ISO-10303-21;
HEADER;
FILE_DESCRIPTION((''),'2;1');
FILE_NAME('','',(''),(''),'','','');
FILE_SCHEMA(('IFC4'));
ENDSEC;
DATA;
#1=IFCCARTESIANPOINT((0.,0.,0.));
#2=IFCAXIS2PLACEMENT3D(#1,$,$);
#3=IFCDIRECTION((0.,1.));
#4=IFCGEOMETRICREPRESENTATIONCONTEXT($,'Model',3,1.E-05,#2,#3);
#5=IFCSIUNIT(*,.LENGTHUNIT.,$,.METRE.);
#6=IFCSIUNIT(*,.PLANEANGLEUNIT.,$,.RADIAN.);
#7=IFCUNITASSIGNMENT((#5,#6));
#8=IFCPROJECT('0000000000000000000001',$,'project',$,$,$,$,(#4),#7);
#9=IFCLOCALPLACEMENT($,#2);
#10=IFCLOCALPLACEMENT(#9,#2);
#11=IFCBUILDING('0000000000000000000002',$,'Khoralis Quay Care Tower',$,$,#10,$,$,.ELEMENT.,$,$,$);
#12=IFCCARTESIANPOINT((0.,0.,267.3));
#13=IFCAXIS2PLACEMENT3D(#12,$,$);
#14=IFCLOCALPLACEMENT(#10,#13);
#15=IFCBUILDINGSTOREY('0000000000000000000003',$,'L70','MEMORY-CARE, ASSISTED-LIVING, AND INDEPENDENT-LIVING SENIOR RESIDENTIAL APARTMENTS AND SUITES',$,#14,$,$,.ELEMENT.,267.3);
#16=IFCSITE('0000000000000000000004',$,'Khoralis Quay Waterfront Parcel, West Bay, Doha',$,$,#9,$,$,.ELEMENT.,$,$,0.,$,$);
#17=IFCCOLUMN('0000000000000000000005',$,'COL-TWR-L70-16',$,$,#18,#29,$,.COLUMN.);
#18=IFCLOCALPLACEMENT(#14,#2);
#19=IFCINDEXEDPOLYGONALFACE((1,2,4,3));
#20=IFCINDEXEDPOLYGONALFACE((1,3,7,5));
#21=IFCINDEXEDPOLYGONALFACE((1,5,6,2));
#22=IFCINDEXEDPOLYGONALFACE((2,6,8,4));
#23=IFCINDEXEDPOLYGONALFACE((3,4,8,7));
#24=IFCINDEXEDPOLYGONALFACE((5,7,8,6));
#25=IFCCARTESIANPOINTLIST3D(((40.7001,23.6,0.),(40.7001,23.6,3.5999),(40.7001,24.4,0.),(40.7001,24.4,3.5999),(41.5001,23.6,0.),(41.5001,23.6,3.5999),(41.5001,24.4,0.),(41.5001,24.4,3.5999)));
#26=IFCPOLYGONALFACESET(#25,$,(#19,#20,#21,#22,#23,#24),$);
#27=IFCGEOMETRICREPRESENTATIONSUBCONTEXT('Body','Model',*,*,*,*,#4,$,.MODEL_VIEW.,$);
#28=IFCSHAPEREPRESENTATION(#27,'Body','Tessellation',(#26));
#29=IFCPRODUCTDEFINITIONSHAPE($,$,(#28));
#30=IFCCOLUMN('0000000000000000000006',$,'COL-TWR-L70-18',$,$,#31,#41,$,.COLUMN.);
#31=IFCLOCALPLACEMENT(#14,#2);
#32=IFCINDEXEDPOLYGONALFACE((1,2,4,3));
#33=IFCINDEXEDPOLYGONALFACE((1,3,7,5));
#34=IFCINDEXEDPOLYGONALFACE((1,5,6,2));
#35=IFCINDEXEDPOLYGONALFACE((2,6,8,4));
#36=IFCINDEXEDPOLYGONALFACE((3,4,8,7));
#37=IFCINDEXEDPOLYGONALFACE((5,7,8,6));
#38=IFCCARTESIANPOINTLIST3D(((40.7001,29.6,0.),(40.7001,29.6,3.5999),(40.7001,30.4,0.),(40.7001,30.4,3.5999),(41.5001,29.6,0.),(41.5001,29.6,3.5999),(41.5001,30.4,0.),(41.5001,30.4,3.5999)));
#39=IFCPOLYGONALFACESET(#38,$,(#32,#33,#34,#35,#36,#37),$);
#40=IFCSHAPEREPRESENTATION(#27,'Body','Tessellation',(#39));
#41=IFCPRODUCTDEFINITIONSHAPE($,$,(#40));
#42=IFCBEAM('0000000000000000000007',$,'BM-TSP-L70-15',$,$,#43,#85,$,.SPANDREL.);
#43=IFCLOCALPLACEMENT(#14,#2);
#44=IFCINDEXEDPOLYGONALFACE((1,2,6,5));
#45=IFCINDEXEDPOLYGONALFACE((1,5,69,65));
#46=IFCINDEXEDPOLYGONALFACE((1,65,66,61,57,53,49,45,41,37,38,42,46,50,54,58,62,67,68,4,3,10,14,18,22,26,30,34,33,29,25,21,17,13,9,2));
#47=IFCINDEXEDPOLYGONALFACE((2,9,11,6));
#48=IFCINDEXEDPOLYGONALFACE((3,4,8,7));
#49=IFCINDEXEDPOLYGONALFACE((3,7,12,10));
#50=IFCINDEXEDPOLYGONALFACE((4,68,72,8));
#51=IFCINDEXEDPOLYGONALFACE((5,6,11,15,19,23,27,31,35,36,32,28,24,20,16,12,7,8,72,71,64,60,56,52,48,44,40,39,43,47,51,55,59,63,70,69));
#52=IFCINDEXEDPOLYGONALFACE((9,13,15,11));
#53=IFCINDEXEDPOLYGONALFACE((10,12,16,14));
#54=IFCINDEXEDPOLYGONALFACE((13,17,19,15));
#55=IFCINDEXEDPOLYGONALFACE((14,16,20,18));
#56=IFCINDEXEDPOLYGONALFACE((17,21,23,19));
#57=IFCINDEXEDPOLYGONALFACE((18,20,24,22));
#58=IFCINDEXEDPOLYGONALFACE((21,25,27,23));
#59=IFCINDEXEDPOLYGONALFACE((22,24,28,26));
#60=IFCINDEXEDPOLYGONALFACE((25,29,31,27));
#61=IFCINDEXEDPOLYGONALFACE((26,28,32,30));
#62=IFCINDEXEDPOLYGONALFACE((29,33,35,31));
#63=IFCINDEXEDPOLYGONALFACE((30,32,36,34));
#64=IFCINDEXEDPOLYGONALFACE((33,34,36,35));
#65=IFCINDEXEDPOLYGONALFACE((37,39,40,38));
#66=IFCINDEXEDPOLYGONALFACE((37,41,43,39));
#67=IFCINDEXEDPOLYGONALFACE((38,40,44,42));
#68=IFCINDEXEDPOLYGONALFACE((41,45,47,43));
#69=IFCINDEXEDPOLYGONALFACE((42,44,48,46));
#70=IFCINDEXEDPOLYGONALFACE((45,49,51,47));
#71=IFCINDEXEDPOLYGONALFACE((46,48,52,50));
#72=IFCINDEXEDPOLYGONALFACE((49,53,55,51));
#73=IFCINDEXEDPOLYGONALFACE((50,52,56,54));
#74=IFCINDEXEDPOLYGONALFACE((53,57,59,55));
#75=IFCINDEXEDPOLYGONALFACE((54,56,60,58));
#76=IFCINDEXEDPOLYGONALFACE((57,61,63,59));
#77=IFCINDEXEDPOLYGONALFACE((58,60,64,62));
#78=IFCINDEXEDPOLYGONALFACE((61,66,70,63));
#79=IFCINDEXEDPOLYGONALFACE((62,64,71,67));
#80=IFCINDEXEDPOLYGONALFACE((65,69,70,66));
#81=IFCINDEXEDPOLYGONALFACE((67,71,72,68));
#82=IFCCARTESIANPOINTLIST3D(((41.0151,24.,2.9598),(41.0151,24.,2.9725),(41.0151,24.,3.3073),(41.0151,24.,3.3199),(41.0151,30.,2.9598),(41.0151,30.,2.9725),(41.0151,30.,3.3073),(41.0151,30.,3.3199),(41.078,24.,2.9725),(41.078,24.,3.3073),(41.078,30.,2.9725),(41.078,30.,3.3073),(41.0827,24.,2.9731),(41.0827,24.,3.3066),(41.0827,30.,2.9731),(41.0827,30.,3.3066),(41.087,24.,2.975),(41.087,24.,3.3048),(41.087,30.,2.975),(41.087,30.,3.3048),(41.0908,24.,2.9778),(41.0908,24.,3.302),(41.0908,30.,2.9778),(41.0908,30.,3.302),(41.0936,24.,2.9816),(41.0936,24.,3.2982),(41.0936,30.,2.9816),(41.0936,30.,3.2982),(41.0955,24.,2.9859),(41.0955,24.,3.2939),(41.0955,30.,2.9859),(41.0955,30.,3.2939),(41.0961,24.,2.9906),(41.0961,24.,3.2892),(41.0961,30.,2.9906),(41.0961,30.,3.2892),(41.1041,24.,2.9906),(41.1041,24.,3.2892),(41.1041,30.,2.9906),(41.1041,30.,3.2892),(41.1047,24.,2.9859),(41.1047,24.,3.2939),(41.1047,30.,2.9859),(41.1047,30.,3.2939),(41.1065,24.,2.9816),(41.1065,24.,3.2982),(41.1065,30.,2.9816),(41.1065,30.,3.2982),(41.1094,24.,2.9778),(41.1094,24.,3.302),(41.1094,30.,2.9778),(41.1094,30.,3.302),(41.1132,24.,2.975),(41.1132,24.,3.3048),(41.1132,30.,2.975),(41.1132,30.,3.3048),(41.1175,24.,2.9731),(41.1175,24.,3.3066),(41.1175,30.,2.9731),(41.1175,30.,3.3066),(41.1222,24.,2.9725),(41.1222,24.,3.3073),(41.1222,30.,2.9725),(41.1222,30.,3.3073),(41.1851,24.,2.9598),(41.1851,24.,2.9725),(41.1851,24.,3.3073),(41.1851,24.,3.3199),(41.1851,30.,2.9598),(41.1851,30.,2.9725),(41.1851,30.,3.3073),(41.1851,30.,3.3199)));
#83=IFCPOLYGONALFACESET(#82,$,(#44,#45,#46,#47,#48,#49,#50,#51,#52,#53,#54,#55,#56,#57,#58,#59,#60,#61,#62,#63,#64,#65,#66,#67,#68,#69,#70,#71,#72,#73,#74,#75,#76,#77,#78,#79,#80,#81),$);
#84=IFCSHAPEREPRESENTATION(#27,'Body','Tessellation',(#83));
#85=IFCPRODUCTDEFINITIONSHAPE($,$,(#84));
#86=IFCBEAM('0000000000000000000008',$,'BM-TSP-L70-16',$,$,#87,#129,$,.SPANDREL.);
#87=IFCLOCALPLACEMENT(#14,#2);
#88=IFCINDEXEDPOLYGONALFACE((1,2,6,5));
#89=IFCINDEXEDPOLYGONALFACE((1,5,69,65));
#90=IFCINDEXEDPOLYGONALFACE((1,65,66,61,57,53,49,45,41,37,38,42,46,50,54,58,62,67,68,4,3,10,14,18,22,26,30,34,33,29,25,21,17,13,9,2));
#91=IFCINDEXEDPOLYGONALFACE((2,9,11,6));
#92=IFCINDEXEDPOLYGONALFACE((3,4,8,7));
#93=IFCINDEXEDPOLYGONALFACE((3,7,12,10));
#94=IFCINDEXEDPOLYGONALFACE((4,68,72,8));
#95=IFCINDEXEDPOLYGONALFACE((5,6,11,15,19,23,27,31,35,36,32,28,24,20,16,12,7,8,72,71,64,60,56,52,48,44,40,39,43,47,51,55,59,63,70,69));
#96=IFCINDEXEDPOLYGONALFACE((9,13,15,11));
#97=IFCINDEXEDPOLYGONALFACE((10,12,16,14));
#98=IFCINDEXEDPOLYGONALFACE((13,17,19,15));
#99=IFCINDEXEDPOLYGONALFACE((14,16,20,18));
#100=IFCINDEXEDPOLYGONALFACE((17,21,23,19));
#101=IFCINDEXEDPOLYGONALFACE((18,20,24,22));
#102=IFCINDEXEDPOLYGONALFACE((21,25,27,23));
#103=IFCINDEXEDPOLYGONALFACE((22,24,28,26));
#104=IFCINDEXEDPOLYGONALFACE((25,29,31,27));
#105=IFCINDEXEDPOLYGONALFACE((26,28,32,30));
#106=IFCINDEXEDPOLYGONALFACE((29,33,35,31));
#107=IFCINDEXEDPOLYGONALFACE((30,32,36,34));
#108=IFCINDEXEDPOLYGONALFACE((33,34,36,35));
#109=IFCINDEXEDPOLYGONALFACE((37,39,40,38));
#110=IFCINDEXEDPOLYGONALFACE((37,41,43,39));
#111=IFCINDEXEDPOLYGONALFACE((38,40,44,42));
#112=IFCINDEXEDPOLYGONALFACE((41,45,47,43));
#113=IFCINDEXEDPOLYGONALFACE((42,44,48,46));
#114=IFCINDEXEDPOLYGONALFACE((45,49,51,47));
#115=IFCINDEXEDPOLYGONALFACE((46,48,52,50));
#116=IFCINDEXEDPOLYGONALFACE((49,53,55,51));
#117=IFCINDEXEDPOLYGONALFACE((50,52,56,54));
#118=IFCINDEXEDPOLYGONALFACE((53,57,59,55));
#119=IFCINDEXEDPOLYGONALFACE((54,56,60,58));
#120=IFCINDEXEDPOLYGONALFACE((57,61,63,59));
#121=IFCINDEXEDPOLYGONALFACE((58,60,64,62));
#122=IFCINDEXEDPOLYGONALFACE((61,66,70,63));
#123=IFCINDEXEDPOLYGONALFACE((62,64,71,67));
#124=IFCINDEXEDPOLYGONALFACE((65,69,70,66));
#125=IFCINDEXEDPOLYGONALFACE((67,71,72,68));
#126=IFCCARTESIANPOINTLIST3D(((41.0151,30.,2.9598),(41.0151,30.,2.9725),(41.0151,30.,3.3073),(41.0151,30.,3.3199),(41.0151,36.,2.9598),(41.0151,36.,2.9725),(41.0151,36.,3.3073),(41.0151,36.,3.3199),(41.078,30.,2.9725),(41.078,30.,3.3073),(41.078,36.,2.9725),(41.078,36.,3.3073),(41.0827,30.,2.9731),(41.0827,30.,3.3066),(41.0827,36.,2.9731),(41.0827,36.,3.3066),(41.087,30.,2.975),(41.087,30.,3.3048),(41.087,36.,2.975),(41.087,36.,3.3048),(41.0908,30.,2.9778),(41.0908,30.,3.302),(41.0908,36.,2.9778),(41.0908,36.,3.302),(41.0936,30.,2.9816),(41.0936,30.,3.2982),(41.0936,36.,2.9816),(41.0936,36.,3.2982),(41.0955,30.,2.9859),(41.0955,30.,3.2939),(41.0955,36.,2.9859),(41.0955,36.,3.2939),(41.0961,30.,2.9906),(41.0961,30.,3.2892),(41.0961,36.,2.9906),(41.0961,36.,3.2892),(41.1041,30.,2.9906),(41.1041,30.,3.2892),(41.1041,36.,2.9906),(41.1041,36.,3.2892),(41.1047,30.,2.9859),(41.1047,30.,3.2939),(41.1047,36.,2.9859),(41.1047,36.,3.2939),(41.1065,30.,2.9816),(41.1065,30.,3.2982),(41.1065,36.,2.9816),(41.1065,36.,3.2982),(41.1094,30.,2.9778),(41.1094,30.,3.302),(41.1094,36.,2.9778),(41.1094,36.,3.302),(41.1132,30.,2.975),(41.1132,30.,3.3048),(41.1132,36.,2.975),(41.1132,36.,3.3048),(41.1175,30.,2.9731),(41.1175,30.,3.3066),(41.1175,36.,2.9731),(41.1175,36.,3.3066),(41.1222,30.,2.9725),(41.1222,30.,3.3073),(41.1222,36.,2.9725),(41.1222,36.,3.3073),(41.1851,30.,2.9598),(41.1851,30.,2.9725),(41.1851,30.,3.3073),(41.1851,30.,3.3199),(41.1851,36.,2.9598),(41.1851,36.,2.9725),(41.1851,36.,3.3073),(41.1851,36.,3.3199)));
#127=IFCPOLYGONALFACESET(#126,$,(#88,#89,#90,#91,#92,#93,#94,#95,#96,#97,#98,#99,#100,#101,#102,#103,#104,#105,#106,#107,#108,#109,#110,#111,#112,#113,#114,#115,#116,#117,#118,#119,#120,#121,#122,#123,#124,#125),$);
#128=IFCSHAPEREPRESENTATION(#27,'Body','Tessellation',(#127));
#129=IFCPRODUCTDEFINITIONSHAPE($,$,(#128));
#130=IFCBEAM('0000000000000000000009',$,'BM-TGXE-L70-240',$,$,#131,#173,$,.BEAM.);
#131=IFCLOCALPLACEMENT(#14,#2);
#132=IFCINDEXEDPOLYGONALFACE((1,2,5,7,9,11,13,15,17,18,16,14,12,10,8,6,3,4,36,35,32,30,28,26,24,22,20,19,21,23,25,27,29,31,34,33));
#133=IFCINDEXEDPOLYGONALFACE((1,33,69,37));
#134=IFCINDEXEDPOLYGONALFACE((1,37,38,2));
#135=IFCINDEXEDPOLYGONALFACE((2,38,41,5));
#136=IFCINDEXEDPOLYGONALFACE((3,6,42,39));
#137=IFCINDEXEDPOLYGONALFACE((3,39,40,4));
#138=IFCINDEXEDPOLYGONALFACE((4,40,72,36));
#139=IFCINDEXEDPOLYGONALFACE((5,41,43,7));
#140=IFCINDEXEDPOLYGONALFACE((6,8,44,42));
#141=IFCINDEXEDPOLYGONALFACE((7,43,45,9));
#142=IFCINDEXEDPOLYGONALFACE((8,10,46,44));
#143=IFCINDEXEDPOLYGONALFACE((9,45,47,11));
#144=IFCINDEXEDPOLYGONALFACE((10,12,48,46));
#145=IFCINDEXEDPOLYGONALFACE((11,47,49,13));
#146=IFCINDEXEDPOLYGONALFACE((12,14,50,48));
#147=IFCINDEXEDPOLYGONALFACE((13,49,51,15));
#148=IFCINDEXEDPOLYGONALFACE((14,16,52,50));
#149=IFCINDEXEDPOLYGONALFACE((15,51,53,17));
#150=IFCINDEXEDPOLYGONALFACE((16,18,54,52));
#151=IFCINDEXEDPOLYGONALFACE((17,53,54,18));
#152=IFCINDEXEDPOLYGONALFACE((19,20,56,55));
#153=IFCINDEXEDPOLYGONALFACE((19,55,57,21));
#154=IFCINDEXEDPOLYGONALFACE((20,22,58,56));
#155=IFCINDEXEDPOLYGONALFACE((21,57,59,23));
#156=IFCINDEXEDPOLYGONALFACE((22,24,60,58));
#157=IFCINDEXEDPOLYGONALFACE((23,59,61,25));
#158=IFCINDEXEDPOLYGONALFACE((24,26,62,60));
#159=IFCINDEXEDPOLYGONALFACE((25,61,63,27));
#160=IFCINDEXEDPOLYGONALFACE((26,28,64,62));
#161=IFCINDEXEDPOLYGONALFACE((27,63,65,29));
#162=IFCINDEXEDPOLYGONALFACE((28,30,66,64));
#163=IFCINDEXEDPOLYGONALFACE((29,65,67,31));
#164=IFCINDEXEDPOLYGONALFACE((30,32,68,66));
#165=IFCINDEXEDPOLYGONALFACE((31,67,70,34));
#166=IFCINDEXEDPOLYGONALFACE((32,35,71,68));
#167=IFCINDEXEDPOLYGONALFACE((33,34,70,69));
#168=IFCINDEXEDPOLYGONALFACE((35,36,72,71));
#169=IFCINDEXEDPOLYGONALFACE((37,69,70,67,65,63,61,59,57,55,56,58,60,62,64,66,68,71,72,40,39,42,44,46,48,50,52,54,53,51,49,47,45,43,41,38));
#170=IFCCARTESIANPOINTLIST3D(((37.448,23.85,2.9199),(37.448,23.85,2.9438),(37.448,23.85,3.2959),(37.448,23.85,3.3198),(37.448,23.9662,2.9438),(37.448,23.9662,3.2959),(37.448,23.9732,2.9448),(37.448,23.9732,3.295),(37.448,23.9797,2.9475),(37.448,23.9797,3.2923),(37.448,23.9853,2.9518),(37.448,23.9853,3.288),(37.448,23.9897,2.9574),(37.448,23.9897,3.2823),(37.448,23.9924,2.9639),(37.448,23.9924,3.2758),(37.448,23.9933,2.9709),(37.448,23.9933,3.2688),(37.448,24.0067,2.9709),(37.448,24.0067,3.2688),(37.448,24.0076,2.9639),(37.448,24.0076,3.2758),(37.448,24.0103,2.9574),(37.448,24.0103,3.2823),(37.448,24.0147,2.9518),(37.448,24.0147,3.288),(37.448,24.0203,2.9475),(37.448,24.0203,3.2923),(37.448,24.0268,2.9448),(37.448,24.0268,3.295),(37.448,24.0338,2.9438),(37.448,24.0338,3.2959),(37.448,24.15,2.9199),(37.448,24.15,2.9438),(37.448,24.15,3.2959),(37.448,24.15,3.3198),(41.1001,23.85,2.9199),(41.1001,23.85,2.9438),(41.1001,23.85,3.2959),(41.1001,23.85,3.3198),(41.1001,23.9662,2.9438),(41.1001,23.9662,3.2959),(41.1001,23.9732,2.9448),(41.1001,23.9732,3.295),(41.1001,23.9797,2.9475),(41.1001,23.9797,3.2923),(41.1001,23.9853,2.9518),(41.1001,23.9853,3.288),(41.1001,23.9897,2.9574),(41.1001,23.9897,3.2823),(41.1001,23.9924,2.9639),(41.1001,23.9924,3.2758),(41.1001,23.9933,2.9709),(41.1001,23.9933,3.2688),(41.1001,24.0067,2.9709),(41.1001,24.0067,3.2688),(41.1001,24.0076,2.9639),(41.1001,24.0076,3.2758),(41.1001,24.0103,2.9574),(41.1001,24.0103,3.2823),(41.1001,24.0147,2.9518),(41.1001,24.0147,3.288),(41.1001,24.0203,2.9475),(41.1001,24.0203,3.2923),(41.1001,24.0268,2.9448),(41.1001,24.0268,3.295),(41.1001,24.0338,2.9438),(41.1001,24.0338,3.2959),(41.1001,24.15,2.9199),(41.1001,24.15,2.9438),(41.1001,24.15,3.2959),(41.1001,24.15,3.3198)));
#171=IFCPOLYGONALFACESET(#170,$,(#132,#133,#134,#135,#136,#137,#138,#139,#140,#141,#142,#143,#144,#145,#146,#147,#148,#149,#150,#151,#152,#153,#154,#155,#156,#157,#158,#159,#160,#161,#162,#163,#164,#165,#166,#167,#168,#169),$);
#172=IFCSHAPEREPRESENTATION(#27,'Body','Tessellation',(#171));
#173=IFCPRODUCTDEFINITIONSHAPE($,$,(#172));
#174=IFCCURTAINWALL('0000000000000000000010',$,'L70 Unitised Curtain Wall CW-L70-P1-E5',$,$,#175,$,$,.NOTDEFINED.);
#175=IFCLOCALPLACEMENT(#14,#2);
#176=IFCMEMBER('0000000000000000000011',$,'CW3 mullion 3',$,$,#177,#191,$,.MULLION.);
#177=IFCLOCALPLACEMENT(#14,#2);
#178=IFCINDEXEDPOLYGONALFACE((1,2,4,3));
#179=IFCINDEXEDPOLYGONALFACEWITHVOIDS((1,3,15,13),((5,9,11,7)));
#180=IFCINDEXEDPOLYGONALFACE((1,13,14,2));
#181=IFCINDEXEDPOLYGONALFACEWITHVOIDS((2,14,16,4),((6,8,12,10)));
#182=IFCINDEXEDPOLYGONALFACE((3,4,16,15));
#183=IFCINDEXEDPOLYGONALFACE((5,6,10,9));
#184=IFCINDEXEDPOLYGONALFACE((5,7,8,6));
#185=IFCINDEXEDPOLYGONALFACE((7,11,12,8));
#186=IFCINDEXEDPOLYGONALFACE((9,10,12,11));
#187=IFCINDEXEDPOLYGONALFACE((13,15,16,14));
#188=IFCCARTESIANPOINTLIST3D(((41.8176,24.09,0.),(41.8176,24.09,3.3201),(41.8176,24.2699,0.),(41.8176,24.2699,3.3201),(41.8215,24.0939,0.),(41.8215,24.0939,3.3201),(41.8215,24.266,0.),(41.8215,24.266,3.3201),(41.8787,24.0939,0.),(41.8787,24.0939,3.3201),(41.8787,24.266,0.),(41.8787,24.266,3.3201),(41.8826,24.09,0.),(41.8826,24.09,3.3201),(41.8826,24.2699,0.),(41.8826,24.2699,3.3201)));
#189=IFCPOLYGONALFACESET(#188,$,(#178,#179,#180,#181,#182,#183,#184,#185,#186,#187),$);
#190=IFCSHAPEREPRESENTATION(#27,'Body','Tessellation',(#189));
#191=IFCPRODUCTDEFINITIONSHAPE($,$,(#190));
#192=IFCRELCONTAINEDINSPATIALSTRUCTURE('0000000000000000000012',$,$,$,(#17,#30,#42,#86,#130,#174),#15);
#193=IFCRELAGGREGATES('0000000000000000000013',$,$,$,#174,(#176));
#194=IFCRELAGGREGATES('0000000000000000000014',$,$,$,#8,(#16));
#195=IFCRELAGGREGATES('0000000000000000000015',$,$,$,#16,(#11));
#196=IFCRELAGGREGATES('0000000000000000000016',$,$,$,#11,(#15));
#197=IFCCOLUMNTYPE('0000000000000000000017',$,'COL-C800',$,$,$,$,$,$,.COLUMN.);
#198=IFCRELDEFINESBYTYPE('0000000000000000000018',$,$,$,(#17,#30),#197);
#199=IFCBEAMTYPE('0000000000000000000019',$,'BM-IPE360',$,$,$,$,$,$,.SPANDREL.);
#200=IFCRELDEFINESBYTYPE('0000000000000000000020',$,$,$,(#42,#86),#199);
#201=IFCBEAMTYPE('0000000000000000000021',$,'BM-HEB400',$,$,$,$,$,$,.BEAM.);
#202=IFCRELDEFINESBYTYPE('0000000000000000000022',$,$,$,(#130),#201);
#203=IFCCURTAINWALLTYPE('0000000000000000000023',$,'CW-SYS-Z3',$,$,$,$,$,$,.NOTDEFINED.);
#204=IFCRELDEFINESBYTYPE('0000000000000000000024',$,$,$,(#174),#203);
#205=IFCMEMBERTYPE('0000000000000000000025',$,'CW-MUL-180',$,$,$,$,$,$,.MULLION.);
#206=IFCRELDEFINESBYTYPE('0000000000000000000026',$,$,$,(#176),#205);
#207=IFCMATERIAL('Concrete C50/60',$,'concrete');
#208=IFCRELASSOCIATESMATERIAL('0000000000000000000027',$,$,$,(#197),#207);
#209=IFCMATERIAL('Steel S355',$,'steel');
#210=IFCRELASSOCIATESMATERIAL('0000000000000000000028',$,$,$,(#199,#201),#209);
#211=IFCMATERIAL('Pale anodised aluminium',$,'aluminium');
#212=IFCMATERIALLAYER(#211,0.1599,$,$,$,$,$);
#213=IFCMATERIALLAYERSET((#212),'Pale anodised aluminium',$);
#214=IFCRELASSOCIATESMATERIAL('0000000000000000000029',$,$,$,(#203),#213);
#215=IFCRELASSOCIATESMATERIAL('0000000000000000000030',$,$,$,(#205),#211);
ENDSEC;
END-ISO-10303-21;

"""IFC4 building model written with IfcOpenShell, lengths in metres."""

from ifc_helpers import new_model, si_unit, direction, frame, origin, origin_2d, place, context, subcontext, project, spatial, rectangle, hollow_rectangle, i_section, extrude, source, transform, mapped, material, layer, layer_set, material_profile, profile_set, type_object, element, aggregate, save


model = new_model("IFC4")

# Units and contexts
model_context = context("Model", 3, precision=1e-05, world=origin(), true_north=direction((0.0, 1.0)))
body_context = subcontext(model_context, "Body", "Model", "MODEL_VIEW")
ifc_project = project(units=[si_unit("LENGTHUNIT", "METRE"), si_unit("PLANEANGLEUNIT", "RADIAN")], contexts=[model_context])

# Site, building, storey
site_placement = place(None, origin())
site = spatial("IfcSite", under=ifc_project, at=site_placement, Name="Khoralis Quay Waterfront Parcel, West Bay, Doha", CompositionType="ELEMENT", RefElevation=0.0)
building_placement = place(site_placement, origin())
building = spatial("IfcBuilding", under=site, at=building_placement, Name="Khoralis Quay Care Tower", CompositionType="ELEMENT")
storey_placement = place(building_placement, frame((0.0, 0.0, 267.3)))
storey = spatial("IfcBuildingStorey", under=building, at=storey_placement, Name="L70", Description="MEMORY-CARE, ASSISTED-LIVING, AND INDEPENDENT-LIVING SENIOR RESIDENTIAL APARTMENTS AND SUITES", CompositionType="ELEMENT", Elevation=267.3)

# Columns
ifc_material_1 = material(Name="Concrete C50/60", Category="concrete")
ifc_material_profile_1 = material_profile(ifc_material_1, rectangle(XDim=0.8, YDim=0.8, at=origin_2d()), Name="Concrete C50/60")
ifc_profile_set_1 = profile_set([ifc_material_profile_1], Name="Concrete C50/60")
column_type = type_object("IfcColumnType", Name="COL-C800", PredefinedType="COLUMN", material=ifc_profile_set_1)
shared_shape_1 = source(origin(), body_context, "Body", "SweptSolid", [
    extrude(rectangle(XDim=0.8, YDim=0.8, at=origin_2d()), origin(), (0.0, 0.0, 1.0), 3.5999),
])
for number, where, z_axis, x_axis, name in (
    (1, (41.1001, 24.0, 0.0), (0.0, 0.0, 1.0), (1.0, 0.0, 0.0), "COL-TWR-L70-16"),
    (2, (41.1001, 30.0, 0.0), (0.0, 0.0, 1.0), (1.0, 0.0, 0.0), "COL-TWR-L70-18"),
):
    element("IfcColumn", number, at=place(storey_placement, frame(where, z_axis=z_axis, x_axis=x_axis)), inside=storey, type_object=column_type, Name=name, PredefinedType="COLUMN", context=body_context, shape_type="MappedRepresentation", body=[
        mapped(shared_shape_1, transform((0.0, 0.0, 0.0), scale=1.0)),
    ])

# Beams
ifc_material_2 = material(Name="Steel S355", Category="steel")
ifc_material_profile_2 = material_profile(ifc_material_2, i_section(OverallWidth=0.1699, OverallDepth=0.3601, WebThickness=0.0081, FlangeThickness=0.0127, FilletRadius=0.0181, at=origin_2d()), Name="Steel S355")
ifc_profile_set_2 = profile_set([ifc_material_profile_2], Name="Steel S355")
beam_type_1 = type_object("IfcBeamType", Name="BM-IPE360", PredefinedType="SPANDREL", material=ifc_profile_set_2)
shared_shape_2 = source(origin(), body_context, "Body", "SweptSolid", [
    extrude(i_section(OverallWidth=0.1699, OverallDepth=0.3601, WebThickness=0.0081, FlangeThickness=0.0127, FilletRadius=0.0181, at=origin_2d()), origin(), (0.0, 0.0, 1.0), 6.0),
])
for number, where, z_axis, x_axis, name in (
    (3, (41.1001, 24.0, 3.1399), (0.0, 1.0, 0.0), (-1.0, 0.0, 0.0), "BM-TSP-L70-15"),
    (4, (41.1001, 30.0, 3.1399), (0.0, 1.0, 0.0), (-1.0, 0.0, 0.0), "BM-TSP-L70-16"),
):
    element("IfcBeam", number, at=place(storey_placement, frame(where, z_axis=z_axis, x_axis=x_axis)), inside=storey, type_object=beam_type_1, Name=name, PredefinedType="SPANDREL", context=body_context, shape_type="MappedRepresentation", body=[
        mapped(shared_shape_2, transform((0.0, 0.0, 0.0), scale=1.0)),
    ])
ifc_material_profile_3 = material_profile(ifc_material_2, i_section(OverallWidth=0.3, OverallDepth=0.3999, WebThickness=0.0134, FlangeThickness=0.0239, FilletRadius=0.0271, at=origin_2d()), Name="Steel S355")
ifc_profile_set_3 = profile_set([ifc_material_profile_3], Name="Steel S355")
beam_type_2 = type_object("IfcBeamType", Name="BM-HEB400", PredefinedType="BEAM", material=ifc_profile_set_3)
shared_shape_3 = source(origin(), body_context, "Body", "SweptSolid", [
    extrude(i_section(OverallWidth=0.3, OverallDepth=0.3999, WebThickness=0.0134, FlangeThickness=0.0239, FilletRadius=0.0271, at=origin_2d()), origin(), (0.0, 0.0, 1.0), 3.6521),
])
beam_placement = place(storey_placement, frame((37.448, 24.0, 3.1199), z_axis=(1.0, 0.0, 0.0), x_axis=(0.0, 1.0, 0.0)))
element("IfcBeam", 5, at=beam_placement, inside=storey, type_object=beam_type_2, Name="BM-TGXE-L70-240", PredefinedType="BEAM", context=body_context, shape_type="MappedRepresentation", body=[
    mapped(shared_shape_3, transform((0.0, 0.0, 0.0), scale=1.0)),
])

# Curtain wall, member
ifc_material_3 = material(Name="Pale anodised aluminium", Category="aluminium")
ifc_layer_1 = layer(ifc_material_3, 0.1599)
ifc_layer_set_1 = layer_set([ifc_layer_1], Name="Pale anodised aluminium")
curtain_wall_type = type_object("IfcCurtainWallType", Name="CW-SYS-Z3", PredefinedType="NOTDEFINED", material=ifc_layer_set_1)
curtain_wall_placement = place(storey_placement, origin())
curtain_wall = element("IfcCurtainWall", 6, at=curtain_wall_placement, inside=storey, type_object=curtain_wall_type, Name="L70 Unitised Curtain Wall CW-L70-P1-E5", PredefinedType="NOTDEFINED")
ifc_material_profile_4 = material_profile(ifc_material_3, hollow_rectangle(XDim=0.0649, YDim=0.1799, WallThickness=0.0039, at=origin_2d()), Name="Pale anodised aluminium")
ifc_profile_set_4 = profile_set([ifc_material_profile_4], Name="Pale anodised aluminium")
member_type_1 = type_object("IfcMemberType", Name="CW-MUL-180", PredefinedType="MULLION", material=ifc_profile_set_4)
shared_shape_4 = source(origin(), body_context, "Body", "SweptSolid", [
    extrude(hollow_rectangle(XDim=0.0649, YDim=0.1799, WallThickness=0.0039, at=origin_2d()), origin(), (0.0, 0.0, 1.0), 3.3201),
])
member_1_placement = place(storey_placement, frame((41.8501, 24.1799, 0.0), z_axis=(0.0, 0.0, 1.0), x_axis=(-1.0, 0.0, 0.0)))
member_1 = element("IfcMember", 7, at=member_1_placement, type_object=member_type_1, Name="CW3 mullion 3", PredefinedType="MULLION", context=body_context, shape_type="MappedRepresentation", body=[
    mapped(shared_shape_4, transform((0.0, 0.0, 0.0), scale=1.0)),
])
aggregate(curtain_wall, [member_1])

save(model, "model.ifc")
